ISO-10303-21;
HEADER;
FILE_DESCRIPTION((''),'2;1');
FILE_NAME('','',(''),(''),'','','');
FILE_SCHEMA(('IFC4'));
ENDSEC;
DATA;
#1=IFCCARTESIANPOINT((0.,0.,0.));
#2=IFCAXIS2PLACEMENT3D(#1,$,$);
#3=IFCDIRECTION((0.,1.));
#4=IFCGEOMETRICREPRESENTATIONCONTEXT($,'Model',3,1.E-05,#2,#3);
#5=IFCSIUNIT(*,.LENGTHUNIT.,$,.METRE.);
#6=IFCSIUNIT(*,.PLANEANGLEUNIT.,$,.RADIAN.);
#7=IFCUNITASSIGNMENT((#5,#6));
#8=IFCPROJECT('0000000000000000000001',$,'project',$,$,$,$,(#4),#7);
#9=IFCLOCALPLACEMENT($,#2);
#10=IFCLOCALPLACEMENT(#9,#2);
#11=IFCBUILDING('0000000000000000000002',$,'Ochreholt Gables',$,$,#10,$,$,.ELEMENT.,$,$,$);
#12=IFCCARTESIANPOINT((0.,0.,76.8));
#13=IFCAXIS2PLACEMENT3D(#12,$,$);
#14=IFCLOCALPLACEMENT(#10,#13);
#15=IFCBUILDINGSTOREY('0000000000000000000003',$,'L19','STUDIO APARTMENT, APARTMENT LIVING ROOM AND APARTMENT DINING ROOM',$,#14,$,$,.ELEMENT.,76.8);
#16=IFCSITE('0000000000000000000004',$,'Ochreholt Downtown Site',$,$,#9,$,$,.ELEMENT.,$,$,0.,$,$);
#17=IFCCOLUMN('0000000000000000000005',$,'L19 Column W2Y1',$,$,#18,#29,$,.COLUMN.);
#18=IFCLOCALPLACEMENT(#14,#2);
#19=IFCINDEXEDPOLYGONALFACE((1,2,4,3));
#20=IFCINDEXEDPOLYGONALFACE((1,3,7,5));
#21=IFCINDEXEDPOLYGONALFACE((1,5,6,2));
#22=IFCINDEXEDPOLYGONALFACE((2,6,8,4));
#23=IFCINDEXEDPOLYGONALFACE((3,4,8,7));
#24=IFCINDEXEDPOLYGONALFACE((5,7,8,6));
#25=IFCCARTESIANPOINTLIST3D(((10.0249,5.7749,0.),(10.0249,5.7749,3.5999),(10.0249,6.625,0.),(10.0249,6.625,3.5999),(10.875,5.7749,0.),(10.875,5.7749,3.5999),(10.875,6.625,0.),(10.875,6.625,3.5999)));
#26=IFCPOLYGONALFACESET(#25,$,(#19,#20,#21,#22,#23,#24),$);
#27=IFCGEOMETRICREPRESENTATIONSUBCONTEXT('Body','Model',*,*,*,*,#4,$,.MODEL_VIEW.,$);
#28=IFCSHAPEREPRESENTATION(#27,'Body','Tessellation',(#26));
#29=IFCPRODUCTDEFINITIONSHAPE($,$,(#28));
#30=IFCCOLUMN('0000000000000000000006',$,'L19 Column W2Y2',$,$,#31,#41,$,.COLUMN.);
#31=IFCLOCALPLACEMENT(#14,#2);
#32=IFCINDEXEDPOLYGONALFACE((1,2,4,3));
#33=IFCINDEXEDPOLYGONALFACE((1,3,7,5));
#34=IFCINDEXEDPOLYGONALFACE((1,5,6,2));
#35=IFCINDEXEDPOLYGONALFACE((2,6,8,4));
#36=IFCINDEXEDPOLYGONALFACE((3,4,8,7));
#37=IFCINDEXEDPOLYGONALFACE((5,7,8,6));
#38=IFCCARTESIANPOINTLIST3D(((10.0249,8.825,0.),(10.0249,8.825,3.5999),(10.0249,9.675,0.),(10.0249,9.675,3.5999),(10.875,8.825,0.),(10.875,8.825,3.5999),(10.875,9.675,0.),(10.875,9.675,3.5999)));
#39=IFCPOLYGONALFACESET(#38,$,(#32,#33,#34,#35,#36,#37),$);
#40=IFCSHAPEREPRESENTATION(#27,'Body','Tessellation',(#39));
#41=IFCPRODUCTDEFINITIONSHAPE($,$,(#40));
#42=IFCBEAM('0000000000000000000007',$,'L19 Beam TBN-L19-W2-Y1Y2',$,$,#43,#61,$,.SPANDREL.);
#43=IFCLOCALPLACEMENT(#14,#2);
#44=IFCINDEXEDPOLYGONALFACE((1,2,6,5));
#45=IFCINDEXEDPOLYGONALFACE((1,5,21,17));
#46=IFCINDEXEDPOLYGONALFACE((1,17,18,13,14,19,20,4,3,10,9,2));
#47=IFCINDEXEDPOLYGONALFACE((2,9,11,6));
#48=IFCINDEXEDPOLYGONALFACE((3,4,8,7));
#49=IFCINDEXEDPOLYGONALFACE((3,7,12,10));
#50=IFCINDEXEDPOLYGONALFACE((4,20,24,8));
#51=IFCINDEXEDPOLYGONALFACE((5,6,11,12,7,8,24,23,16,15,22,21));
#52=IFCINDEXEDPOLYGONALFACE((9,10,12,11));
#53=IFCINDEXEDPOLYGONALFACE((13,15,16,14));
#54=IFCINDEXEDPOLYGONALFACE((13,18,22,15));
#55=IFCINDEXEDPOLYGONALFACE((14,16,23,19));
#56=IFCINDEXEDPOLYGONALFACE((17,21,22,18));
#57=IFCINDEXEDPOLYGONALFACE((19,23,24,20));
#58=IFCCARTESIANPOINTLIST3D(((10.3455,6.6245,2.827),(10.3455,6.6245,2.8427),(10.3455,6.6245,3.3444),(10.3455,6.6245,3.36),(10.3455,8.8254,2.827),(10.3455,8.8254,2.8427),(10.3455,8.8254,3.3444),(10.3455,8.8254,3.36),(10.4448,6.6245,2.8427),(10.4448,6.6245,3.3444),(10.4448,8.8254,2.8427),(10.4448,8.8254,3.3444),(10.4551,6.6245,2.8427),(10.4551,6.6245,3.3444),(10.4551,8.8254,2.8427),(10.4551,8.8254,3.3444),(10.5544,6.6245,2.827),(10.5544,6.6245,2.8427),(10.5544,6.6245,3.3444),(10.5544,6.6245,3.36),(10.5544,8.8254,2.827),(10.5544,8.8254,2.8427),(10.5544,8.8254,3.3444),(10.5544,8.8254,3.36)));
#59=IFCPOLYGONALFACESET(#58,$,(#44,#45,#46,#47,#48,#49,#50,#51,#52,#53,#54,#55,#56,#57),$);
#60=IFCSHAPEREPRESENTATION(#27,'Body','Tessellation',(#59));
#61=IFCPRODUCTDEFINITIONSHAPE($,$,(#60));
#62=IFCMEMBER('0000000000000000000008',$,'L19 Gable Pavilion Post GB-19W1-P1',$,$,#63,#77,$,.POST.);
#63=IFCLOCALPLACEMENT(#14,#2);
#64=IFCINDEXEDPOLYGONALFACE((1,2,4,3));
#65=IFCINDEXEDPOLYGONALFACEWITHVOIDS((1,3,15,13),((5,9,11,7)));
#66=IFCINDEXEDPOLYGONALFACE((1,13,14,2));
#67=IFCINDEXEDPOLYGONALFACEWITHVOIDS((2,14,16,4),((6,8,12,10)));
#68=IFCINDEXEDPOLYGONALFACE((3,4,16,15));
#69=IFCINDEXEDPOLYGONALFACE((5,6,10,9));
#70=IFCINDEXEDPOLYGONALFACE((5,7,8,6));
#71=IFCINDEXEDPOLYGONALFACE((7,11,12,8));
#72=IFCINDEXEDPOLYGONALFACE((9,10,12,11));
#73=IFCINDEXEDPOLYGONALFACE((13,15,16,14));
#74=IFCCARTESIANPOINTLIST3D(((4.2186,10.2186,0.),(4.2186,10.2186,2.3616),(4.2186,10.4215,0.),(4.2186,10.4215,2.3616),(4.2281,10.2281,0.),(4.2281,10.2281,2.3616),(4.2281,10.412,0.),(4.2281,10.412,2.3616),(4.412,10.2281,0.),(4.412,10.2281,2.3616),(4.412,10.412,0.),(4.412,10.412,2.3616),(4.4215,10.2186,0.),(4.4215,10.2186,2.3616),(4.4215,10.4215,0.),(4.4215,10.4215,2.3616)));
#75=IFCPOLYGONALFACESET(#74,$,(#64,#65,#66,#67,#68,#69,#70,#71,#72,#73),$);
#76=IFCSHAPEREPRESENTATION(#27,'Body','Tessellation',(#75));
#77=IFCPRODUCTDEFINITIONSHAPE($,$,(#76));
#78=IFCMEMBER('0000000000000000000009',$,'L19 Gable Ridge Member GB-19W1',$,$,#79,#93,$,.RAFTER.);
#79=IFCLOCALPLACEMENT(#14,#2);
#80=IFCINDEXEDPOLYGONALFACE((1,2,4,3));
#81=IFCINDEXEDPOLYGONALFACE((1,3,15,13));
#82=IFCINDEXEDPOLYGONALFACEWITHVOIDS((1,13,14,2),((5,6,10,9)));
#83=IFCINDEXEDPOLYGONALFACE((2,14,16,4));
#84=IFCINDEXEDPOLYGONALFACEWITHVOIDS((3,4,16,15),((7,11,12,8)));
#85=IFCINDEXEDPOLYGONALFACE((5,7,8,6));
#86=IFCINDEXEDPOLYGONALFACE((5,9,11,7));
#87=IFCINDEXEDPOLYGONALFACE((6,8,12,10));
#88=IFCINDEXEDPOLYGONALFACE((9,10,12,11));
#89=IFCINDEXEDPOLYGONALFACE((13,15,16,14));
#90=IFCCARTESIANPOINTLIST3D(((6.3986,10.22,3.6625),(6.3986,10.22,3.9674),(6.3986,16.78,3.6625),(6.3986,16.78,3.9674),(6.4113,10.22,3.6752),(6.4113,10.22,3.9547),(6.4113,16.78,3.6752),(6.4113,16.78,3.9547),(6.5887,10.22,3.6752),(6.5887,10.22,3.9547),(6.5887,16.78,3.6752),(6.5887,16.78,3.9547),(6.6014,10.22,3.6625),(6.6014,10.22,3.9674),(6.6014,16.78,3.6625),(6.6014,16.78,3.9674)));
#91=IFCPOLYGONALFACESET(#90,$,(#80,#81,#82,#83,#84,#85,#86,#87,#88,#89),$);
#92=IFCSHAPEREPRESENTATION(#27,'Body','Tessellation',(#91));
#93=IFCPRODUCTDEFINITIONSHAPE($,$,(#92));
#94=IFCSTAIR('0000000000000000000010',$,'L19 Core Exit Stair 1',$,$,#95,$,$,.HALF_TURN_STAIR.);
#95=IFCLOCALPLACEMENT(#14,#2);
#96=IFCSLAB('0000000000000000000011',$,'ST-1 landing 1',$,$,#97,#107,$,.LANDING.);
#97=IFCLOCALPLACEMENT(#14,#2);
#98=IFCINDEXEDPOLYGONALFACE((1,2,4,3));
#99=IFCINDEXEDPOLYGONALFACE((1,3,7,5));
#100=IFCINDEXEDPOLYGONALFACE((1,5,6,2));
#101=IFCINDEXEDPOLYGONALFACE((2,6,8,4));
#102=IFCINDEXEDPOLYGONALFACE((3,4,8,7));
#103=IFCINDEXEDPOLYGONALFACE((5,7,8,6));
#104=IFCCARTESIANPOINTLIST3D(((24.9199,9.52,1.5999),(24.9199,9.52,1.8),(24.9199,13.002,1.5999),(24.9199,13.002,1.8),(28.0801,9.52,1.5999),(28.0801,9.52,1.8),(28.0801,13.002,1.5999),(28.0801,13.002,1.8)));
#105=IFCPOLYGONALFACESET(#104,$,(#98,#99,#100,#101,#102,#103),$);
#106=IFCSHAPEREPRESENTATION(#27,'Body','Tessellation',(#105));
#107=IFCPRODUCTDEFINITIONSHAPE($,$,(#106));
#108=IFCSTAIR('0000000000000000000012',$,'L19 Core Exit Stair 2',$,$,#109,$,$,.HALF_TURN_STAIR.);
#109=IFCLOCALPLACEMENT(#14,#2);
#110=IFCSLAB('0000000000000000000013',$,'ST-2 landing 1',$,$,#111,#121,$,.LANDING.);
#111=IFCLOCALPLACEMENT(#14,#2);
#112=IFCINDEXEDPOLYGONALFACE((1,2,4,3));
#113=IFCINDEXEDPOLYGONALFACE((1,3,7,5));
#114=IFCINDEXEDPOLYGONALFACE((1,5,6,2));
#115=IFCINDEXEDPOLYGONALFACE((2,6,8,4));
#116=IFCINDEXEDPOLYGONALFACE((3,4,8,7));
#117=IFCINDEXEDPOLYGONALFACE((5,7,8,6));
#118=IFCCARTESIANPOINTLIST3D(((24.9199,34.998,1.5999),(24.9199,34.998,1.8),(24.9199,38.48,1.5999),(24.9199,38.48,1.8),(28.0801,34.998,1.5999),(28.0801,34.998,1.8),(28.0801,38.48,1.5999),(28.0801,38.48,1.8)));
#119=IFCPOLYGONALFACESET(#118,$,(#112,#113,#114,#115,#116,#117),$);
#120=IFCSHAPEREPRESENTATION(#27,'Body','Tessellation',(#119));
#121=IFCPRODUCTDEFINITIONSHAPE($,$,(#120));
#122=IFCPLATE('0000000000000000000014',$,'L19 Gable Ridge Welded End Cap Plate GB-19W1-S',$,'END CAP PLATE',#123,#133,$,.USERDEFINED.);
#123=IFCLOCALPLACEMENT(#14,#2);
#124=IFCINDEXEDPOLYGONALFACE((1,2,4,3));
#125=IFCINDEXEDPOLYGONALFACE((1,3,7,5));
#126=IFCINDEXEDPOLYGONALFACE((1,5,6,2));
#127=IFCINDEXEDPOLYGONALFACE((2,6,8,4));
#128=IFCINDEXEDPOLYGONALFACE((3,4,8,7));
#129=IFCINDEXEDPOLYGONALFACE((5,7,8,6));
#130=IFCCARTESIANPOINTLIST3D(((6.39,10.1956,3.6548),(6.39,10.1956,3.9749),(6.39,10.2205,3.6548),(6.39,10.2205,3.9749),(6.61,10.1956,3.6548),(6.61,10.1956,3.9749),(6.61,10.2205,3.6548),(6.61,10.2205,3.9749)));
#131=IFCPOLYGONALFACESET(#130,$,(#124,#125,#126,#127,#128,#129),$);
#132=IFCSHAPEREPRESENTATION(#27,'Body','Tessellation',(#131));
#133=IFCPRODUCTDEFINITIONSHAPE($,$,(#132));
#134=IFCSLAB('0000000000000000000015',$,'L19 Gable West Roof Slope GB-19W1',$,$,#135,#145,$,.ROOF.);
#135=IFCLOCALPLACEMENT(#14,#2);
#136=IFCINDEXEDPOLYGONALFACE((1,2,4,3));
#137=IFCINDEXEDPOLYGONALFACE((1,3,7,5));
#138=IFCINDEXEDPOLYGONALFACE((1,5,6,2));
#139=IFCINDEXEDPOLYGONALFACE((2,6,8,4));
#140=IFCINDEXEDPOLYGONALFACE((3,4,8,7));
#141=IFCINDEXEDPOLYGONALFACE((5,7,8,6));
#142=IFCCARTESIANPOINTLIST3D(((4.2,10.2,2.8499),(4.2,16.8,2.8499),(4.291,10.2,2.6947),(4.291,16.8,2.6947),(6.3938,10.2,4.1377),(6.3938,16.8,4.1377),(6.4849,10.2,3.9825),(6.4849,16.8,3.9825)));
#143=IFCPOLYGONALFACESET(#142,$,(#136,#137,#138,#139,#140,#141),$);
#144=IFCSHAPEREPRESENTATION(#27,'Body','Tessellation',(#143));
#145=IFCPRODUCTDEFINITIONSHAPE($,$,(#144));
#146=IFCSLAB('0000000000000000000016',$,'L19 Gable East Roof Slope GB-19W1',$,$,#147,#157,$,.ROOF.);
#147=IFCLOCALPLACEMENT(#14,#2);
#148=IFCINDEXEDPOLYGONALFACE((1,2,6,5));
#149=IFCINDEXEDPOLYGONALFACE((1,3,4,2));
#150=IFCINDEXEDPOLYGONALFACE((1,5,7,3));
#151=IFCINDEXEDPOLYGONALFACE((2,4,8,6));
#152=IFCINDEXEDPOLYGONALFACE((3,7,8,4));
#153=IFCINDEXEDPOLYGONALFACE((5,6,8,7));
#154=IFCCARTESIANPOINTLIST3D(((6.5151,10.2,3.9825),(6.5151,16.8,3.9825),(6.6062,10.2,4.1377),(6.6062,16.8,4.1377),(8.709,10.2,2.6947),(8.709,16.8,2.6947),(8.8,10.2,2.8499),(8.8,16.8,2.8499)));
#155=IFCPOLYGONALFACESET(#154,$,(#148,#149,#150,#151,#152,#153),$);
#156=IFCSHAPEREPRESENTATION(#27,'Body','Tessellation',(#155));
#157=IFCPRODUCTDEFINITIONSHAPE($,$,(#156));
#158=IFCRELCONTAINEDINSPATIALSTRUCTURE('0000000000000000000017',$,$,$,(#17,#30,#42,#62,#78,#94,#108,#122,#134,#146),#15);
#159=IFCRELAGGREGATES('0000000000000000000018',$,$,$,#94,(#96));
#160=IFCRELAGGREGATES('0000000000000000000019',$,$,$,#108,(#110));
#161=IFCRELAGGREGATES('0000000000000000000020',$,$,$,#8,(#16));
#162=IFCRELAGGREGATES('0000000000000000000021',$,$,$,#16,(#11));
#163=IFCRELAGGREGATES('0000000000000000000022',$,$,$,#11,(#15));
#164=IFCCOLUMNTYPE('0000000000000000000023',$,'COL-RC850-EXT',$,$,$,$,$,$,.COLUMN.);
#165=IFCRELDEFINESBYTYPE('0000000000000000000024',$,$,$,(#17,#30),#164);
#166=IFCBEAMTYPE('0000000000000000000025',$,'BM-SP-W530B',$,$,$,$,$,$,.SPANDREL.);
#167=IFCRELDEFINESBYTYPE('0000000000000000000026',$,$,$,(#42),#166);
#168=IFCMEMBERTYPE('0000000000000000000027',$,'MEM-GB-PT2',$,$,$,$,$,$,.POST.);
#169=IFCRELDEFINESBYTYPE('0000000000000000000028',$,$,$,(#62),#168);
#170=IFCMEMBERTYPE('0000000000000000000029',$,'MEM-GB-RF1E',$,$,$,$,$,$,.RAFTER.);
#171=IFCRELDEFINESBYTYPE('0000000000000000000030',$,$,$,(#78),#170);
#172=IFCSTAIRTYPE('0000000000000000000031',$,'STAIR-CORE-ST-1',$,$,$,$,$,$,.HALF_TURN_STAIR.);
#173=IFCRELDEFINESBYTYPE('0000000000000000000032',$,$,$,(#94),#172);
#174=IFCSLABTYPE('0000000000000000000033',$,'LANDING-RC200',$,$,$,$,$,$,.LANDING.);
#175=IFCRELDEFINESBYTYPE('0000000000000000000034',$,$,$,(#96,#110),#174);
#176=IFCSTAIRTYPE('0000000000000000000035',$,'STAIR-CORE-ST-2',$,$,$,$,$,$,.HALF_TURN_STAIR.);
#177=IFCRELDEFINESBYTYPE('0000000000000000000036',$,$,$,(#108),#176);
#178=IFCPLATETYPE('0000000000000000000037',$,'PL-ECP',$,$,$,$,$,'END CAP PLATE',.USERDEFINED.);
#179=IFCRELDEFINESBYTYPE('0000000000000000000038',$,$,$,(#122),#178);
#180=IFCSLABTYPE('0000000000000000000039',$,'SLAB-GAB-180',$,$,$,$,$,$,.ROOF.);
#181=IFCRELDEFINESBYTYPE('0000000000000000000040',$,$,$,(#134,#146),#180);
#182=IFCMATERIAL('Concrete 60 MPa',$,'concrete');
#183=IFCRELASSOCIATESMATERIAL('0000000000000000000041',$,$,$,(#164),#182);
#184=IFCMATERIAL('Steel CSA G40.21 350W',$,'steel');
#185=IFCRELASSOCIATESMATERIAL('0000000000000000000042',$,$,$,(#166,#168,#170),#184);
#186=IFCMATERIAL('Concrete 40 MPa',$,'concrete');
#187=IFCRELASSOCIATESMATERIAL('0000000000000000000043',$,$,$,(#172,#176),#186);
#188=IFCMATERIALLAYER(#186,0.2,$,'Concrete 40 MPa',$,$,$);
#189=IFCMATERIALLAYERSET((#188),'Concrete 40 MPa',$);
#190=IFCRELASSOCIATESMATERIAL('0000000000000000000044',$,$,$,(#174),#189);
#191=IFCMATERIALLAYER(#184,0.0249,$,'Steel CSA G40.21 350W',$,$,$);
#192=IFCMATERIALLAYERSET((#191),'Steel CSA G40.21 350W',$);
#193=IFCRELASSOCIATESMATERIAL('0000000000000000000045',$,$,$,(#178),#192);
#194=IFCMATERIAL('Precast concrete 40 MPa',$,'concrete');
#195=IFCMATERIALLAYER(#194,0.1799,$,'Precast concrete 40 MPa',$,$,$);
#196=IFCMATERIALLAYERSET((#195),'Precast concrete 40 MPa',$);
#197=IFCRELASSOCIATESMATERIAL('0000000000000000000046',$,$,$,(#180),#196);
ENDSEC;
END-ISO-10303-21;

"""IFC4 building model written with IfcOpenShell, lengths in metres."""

from ifc_helpers import new_model, si_unit, direction, frame, origin, origin_2d, place, context, subcontext, project, spatial, polyline, rectangle, hollow_rectangle, i_section, outline, extrude, material, layer, layer_set, material_profile, profile_set, type_object, element, aggregate, save


model = new_model("IFC4")

# Units and contexts
model_context = context("Model", 3, precision=1e-05, world=origin(), true_north=direction((0.0, 1.0)))
body_context = subcontext(model_context, "Body", "Model", "MODEL_VIEW")
ifc_project = project(units=[si_unit("LENGTHUNIT", "METRE"), si_unit("PLANEANGLEUNIT", "RADIAN")], contexts=[model_context])

# Site, building, storey
site_placement = place(None, origin())
site = spatial("IfcSite", under=ifc_project, at=site_placement, Name="Ochreholt Downtown Site", CompositionType="ELEMENT", RefElevation=0.0)
building_placement = place(site_placement, origin())
building = spatial("IfcBuilding", under=site, at=building_placement, Name="Ochreholt Gables", CompositionType="ELEMENT")
storey_placement = place(building_placement, frame((0.0, 0.0, 76.8)))
storey = spatial("IfcBuildingStorey", under=building, at=storey_placement, Name="L19", Description="STUDIO APARTMENT, APARTMENT LIVING ROOM AND APARTMENT DINING ROOM", CompositionType="ELEMENT", Elevation=76.8)

# Columns
ifc_material_1 = material(Name="Concrete 60 MPa", Category="concrete")
ifc_material_profile_1 = material_profile(ifc_material_1, rectangle(XDim=0.8501, YDim=0.8501, at=origin_2d()), Name="RC850X850")
ifc_profile_set_1 = profile_set([ifc_material_profile_1], Name="Concrete 60 MPa")
column_type = type_object("IfcColumnType", Name="COL-RC850-EXT", PredefinedType="COLUMN", material=ifc_profile_set_1)
for number, where, z_axis, x_axis, name in (
    (1, (10.45, 6.2, 0.0), (0.0, 0.0, 1.0), (1.0, 0.0, 0.0), "L19 Column W2Y1"),
    (2, (10.45, 9.25, 0.0), (0.0, 0.0, 1.0), (1.0, 0.0, 0.0), "L19 Column W2Y2"),
):
    element("IfcColumn", number, at=place(storey_placement, frame(where, z_axis=z_axis, x_axis=x_axis)), inside=storey, type_object=column_type, Name=name, PredefinedType="COLUMN", context=body_context, shape_type="SweptSolid", body=[
        extrude(rectangle(XDim=0.8501, YDim=0.8501, at=origin_2d()), origin(), (0.0, 0.0, 1.0), 3.5999),
    ])

# Beam
ifc_material_2 = material(Name="Steel CSA G40.21 350W", Category="steel")
ifc_material_profile_2 = material_profile(ifc_material_2, i_section(OverallWidth=0.209, OverallDepth=0.533, WebThickness=0.0103, FlangeThickness=0.0156, at=origin_2d()), Name="W530X92")
ifc_profile_set_2 = profile_set([ifc_material_profile_2], Name="Steel CSA G40.21 350W")
beam_type = type_object("IfcBeamType", Name="BM-SP-W530B", PredefinedType="SPANDREL", material=ifc_profile_set_2)
beam_placement = place(storey_placement, frame((10.45, 6.6245, 3.0935), z_axis=(0.0, 1.0, 0.0), x_axis=(-1.0, 0.0, 0.0)))
element("IfcBeam", 3, at=beam_placement, inside=storey, type_object=beam_type, Name="L19 Beam TBN-L19-W2-Y1Y2", PredefinedType="SPANDREL", context=body_context, shape_type="SweptSolid", body=[
    extrude(i_section(OverallWidth=0.209, OverallDepth=0.533, WebThickness=0.0103, FlangeThickness=0.0156, at=origin_2d()), origin(), (0.0, 0.0, 1.0), 2.2009),
])

# Members
ifc_material_profile_3 = material_profile(ifc_material_2, hollow_rectangle(XDim=0.2029, YDim=0.2029, WallThickness=0.0095, at=origin_2d()), Name="HSS203X203X10")
ifc_profile_set_3 = profile_set([ifc_material_profile_3], Name="Steel CSA G40.21 350W")
member_type_1 = type_object("IfcMemberType", Name="MEM-GB-PT2", PredefinedType="POST", material=ifc_profile_set_3)
member_1_placement = place(storey_placement, frame((4.3201, 10.3201, 0.0), z_axis=(0.0, 0.0, 1.0), x_axis=(1.0, 0.0, 0.0)))
element("IfcMember", 4, at=member_1_placement, inside=storey, type_object=member_type_1, Name="L19 Gable Pavilion Post GB-19W1-P1", PredefinedType="POST", context=body_context, shape_type="SweptSolid", body=[
    extrude(hollow_rectangle(XDim=0.2029, YDim=0.2029, WallThickness=0.0095, at=origin_2d()), origin(), (0.0, 0.0, 1.0), 2.3616),
])
ifc_material_profile_4 = material_profile(ifc_material_2, hollow_rectangle(XDim=0.2029, YDim=0.3049, WallThickness=0.0127, at=origin_2d()), Name="HSS305X203X13")
ifc_profile_set_4 = profile_set([ifc_material_profile_4], Name="Steel CSA G40.21 350W")
member_type_2 = type_object("IfcMemberType", Name="MEM-GB-RF1E", PredefinedType="RAFTER", material=ifc_profile_set_4)
member_2_placement = place(storey_placement, frame((6.5, 10.22, 3.8149), z_axis=(0.0, 1.0, 0.0), x_axis=(-1.0, 0.0, 0.0)))
element("IfcMember", 5, at=member_2_placement, inside=storey, type_object=member_type_2, Name="L19 Gable Ridge Member GB-19W1", PredefinedType="RAFTER", context=body_context, shape_type="SweptSolid", body=[
    extrude(hollow_rectangle(XDim=0.2029, YDim=0.3049, WallThickness=0.0127, at=origin_2d()), origin(), (0.0, 0.0, 1.0), 6.5601),
])

# Stairs, slabs
ifc_material_3 = material(Name="Concrete 40 MPa", Category="concrete")
stair_type_1 = type_object("IfcStairType", Name="STAIR-CORE-ST-1", PredefinedType="HALF_TURN_STAIR", material=ifc_material_3)
stair_1_placement = place(storey_placement, origin())
stair_1 = element("IfcStair", 6, at=stair_1_placement, inside=storey, type_object=stair_type_1, Name="L19 Core Exit Stair 1", PredefinedType="HALF_TURN_STAIR")
ifc_layer_1 = layer(ifc_material_3, 0.2, Name="Concrete 40 MPa")
ifc_layer_set_1 = layer_set([ifc_layer_1], Name="Concrete 40 MPa")
slab_type_1 = type_object("IfcSlabType", Name="LANDING-RC200", PredefinedType="LANDING", material=ifc_layer_set_1)
slab_1_placement = place(storey_placement, frame((0.0, 0.0, 1.5999)))
slab_1 = element("IfcSlab", 7, at=slab_1_placement, type_object=slab_type_1, Name="ST-1 landing 1", PredefinedType="LANDING", context=body_context, shape_type="SweptSolid", body=[
    extrude(outline(polyline([(24.9199, 13.002), (24.9199, 9.52), (28.0801, 9.52), (28.0801, 13.002), (24.9199, 13.002)])), origin(), (0.0, 0.0, 1.0), 0.2002),
])
aggregate(stair_1, [slab_1])
stair_type_2 = type_object("IfcStairType", Name="STAIR-CORE-ST-2", PredefinedType="HALF_TURN_STAIR", material=ifc_material_3)
stair_2_placement = place(storey_placement, origin())
stair_2 = element("IfcStair", 8, at=stair_2_placement, inside=storey, type_object=stair_type_2, Name="L19 Core Exit Stair 2", PredefinedType="HALF_TURN_STAIR")
slab_2_placement = place(storey_placement, frame((0.0, 0.0, 1.5999)))
slab_2 = element("IfcSlab", 9, at=slab_2_placement, type_object=slab_type_1, Name="ST-2 landing 1", PredefinedType="LANDING", context=body_context, shape_type="SweptSolid", body=[
    extrude(outline(polyline([(28.0801, 34.998), (28.0801, 38.48), (24.9199, 38.48), (24.9199, 34.998), (28.0801, 34.998)])), origin(), (0.0, 0.0, 1.0), 0.2002),
])
aggregate(stair_2, [slab_2])

# Plate
ifc_layer_2 = layer(ifc_material_2, 0.0249, Name="Steel CSA G40.21 350W")
ifc_layer_set_2 = layer_set([ifc_layer_2], Name="Steel CSA G40.21 350W")
plate_type = type_object("IfcPlateType", Name="PL-ECP", ElementType="END CAP PLATE", PredefinedType="USERDEFINED", material=ifc_layer_set_2)
plate_placement = place(storey_placement, frame((6.5, 10.208, 3.6548), z_axis=(0.0, 0.0, 1.0), x_axis=(1.0, 0.0, 0.0)))
element("IfcPlate", 10, at=plate_placement, inside=storey, type_object=plate_type, Name="L19 Gable Ridge Welded End Cap Plate GB-19W1-S", ObjectType="END CAP PLATE", PredefinedType="USERDEFINED", context=body_context, shape_type="SweptSolid", body=[
    extrude(rectangle(XDim=0.22, YDim=0.0249, at=origin_2d()), origin(), (0.0, 0.0, 1.0), 0.3201),
])

# Slabs
ifc_material_4 = material(Name="Precast concrete 40 MPa", Category="concrete")
ifc_layer_3 = layer(ifc_material_4, 0.1799, Name="Precast concrete 40 MPa")
ifc_layer_set_3 = layer_set([ifc_layer_3], Name="Precast concrete 40 MPa")
slab_type_2 = type_object("IfcSlabType", Name="SLAB-GAB-180", PredefinedType="ROOF", material=ifc_layer_set_3)
for number, where, z_axis, x_axis, name in (
    (11, (4.2, 10.2, 2.8499), (-0.506244, 0.0, 0.86239), (0.86239, 0.0, 0.506244), "L19 Gable West Roof Slope GB-19W1"),
    (12, (6.6062, 10.2, 4.1377), (0.506244, 0.0, 0.86239), (0.86239, 0.0, -0.506244), "L19 Gable East Roof Slope GB-19W1"),
):
    element("IfcSlab", number, at=place(storey_placement, frame(where, z_axis=z_axis, x_axis=x_axis)), inside=storey, type_object=slab_type_2, Name=name, PredefinedType="ROOF", context=body_context, shape_type="SweptSolid", body=[
        extrude(outline(polyline([(0.0, 0.0), (2.5439, 0.0), (2.5439, 6.6001), (0.0, 6.6001), (0.0, 0.0)])), origin(), (0.0, 0.0, -1.0), 0.1799),
    ])

save(model, "model.ifc")
